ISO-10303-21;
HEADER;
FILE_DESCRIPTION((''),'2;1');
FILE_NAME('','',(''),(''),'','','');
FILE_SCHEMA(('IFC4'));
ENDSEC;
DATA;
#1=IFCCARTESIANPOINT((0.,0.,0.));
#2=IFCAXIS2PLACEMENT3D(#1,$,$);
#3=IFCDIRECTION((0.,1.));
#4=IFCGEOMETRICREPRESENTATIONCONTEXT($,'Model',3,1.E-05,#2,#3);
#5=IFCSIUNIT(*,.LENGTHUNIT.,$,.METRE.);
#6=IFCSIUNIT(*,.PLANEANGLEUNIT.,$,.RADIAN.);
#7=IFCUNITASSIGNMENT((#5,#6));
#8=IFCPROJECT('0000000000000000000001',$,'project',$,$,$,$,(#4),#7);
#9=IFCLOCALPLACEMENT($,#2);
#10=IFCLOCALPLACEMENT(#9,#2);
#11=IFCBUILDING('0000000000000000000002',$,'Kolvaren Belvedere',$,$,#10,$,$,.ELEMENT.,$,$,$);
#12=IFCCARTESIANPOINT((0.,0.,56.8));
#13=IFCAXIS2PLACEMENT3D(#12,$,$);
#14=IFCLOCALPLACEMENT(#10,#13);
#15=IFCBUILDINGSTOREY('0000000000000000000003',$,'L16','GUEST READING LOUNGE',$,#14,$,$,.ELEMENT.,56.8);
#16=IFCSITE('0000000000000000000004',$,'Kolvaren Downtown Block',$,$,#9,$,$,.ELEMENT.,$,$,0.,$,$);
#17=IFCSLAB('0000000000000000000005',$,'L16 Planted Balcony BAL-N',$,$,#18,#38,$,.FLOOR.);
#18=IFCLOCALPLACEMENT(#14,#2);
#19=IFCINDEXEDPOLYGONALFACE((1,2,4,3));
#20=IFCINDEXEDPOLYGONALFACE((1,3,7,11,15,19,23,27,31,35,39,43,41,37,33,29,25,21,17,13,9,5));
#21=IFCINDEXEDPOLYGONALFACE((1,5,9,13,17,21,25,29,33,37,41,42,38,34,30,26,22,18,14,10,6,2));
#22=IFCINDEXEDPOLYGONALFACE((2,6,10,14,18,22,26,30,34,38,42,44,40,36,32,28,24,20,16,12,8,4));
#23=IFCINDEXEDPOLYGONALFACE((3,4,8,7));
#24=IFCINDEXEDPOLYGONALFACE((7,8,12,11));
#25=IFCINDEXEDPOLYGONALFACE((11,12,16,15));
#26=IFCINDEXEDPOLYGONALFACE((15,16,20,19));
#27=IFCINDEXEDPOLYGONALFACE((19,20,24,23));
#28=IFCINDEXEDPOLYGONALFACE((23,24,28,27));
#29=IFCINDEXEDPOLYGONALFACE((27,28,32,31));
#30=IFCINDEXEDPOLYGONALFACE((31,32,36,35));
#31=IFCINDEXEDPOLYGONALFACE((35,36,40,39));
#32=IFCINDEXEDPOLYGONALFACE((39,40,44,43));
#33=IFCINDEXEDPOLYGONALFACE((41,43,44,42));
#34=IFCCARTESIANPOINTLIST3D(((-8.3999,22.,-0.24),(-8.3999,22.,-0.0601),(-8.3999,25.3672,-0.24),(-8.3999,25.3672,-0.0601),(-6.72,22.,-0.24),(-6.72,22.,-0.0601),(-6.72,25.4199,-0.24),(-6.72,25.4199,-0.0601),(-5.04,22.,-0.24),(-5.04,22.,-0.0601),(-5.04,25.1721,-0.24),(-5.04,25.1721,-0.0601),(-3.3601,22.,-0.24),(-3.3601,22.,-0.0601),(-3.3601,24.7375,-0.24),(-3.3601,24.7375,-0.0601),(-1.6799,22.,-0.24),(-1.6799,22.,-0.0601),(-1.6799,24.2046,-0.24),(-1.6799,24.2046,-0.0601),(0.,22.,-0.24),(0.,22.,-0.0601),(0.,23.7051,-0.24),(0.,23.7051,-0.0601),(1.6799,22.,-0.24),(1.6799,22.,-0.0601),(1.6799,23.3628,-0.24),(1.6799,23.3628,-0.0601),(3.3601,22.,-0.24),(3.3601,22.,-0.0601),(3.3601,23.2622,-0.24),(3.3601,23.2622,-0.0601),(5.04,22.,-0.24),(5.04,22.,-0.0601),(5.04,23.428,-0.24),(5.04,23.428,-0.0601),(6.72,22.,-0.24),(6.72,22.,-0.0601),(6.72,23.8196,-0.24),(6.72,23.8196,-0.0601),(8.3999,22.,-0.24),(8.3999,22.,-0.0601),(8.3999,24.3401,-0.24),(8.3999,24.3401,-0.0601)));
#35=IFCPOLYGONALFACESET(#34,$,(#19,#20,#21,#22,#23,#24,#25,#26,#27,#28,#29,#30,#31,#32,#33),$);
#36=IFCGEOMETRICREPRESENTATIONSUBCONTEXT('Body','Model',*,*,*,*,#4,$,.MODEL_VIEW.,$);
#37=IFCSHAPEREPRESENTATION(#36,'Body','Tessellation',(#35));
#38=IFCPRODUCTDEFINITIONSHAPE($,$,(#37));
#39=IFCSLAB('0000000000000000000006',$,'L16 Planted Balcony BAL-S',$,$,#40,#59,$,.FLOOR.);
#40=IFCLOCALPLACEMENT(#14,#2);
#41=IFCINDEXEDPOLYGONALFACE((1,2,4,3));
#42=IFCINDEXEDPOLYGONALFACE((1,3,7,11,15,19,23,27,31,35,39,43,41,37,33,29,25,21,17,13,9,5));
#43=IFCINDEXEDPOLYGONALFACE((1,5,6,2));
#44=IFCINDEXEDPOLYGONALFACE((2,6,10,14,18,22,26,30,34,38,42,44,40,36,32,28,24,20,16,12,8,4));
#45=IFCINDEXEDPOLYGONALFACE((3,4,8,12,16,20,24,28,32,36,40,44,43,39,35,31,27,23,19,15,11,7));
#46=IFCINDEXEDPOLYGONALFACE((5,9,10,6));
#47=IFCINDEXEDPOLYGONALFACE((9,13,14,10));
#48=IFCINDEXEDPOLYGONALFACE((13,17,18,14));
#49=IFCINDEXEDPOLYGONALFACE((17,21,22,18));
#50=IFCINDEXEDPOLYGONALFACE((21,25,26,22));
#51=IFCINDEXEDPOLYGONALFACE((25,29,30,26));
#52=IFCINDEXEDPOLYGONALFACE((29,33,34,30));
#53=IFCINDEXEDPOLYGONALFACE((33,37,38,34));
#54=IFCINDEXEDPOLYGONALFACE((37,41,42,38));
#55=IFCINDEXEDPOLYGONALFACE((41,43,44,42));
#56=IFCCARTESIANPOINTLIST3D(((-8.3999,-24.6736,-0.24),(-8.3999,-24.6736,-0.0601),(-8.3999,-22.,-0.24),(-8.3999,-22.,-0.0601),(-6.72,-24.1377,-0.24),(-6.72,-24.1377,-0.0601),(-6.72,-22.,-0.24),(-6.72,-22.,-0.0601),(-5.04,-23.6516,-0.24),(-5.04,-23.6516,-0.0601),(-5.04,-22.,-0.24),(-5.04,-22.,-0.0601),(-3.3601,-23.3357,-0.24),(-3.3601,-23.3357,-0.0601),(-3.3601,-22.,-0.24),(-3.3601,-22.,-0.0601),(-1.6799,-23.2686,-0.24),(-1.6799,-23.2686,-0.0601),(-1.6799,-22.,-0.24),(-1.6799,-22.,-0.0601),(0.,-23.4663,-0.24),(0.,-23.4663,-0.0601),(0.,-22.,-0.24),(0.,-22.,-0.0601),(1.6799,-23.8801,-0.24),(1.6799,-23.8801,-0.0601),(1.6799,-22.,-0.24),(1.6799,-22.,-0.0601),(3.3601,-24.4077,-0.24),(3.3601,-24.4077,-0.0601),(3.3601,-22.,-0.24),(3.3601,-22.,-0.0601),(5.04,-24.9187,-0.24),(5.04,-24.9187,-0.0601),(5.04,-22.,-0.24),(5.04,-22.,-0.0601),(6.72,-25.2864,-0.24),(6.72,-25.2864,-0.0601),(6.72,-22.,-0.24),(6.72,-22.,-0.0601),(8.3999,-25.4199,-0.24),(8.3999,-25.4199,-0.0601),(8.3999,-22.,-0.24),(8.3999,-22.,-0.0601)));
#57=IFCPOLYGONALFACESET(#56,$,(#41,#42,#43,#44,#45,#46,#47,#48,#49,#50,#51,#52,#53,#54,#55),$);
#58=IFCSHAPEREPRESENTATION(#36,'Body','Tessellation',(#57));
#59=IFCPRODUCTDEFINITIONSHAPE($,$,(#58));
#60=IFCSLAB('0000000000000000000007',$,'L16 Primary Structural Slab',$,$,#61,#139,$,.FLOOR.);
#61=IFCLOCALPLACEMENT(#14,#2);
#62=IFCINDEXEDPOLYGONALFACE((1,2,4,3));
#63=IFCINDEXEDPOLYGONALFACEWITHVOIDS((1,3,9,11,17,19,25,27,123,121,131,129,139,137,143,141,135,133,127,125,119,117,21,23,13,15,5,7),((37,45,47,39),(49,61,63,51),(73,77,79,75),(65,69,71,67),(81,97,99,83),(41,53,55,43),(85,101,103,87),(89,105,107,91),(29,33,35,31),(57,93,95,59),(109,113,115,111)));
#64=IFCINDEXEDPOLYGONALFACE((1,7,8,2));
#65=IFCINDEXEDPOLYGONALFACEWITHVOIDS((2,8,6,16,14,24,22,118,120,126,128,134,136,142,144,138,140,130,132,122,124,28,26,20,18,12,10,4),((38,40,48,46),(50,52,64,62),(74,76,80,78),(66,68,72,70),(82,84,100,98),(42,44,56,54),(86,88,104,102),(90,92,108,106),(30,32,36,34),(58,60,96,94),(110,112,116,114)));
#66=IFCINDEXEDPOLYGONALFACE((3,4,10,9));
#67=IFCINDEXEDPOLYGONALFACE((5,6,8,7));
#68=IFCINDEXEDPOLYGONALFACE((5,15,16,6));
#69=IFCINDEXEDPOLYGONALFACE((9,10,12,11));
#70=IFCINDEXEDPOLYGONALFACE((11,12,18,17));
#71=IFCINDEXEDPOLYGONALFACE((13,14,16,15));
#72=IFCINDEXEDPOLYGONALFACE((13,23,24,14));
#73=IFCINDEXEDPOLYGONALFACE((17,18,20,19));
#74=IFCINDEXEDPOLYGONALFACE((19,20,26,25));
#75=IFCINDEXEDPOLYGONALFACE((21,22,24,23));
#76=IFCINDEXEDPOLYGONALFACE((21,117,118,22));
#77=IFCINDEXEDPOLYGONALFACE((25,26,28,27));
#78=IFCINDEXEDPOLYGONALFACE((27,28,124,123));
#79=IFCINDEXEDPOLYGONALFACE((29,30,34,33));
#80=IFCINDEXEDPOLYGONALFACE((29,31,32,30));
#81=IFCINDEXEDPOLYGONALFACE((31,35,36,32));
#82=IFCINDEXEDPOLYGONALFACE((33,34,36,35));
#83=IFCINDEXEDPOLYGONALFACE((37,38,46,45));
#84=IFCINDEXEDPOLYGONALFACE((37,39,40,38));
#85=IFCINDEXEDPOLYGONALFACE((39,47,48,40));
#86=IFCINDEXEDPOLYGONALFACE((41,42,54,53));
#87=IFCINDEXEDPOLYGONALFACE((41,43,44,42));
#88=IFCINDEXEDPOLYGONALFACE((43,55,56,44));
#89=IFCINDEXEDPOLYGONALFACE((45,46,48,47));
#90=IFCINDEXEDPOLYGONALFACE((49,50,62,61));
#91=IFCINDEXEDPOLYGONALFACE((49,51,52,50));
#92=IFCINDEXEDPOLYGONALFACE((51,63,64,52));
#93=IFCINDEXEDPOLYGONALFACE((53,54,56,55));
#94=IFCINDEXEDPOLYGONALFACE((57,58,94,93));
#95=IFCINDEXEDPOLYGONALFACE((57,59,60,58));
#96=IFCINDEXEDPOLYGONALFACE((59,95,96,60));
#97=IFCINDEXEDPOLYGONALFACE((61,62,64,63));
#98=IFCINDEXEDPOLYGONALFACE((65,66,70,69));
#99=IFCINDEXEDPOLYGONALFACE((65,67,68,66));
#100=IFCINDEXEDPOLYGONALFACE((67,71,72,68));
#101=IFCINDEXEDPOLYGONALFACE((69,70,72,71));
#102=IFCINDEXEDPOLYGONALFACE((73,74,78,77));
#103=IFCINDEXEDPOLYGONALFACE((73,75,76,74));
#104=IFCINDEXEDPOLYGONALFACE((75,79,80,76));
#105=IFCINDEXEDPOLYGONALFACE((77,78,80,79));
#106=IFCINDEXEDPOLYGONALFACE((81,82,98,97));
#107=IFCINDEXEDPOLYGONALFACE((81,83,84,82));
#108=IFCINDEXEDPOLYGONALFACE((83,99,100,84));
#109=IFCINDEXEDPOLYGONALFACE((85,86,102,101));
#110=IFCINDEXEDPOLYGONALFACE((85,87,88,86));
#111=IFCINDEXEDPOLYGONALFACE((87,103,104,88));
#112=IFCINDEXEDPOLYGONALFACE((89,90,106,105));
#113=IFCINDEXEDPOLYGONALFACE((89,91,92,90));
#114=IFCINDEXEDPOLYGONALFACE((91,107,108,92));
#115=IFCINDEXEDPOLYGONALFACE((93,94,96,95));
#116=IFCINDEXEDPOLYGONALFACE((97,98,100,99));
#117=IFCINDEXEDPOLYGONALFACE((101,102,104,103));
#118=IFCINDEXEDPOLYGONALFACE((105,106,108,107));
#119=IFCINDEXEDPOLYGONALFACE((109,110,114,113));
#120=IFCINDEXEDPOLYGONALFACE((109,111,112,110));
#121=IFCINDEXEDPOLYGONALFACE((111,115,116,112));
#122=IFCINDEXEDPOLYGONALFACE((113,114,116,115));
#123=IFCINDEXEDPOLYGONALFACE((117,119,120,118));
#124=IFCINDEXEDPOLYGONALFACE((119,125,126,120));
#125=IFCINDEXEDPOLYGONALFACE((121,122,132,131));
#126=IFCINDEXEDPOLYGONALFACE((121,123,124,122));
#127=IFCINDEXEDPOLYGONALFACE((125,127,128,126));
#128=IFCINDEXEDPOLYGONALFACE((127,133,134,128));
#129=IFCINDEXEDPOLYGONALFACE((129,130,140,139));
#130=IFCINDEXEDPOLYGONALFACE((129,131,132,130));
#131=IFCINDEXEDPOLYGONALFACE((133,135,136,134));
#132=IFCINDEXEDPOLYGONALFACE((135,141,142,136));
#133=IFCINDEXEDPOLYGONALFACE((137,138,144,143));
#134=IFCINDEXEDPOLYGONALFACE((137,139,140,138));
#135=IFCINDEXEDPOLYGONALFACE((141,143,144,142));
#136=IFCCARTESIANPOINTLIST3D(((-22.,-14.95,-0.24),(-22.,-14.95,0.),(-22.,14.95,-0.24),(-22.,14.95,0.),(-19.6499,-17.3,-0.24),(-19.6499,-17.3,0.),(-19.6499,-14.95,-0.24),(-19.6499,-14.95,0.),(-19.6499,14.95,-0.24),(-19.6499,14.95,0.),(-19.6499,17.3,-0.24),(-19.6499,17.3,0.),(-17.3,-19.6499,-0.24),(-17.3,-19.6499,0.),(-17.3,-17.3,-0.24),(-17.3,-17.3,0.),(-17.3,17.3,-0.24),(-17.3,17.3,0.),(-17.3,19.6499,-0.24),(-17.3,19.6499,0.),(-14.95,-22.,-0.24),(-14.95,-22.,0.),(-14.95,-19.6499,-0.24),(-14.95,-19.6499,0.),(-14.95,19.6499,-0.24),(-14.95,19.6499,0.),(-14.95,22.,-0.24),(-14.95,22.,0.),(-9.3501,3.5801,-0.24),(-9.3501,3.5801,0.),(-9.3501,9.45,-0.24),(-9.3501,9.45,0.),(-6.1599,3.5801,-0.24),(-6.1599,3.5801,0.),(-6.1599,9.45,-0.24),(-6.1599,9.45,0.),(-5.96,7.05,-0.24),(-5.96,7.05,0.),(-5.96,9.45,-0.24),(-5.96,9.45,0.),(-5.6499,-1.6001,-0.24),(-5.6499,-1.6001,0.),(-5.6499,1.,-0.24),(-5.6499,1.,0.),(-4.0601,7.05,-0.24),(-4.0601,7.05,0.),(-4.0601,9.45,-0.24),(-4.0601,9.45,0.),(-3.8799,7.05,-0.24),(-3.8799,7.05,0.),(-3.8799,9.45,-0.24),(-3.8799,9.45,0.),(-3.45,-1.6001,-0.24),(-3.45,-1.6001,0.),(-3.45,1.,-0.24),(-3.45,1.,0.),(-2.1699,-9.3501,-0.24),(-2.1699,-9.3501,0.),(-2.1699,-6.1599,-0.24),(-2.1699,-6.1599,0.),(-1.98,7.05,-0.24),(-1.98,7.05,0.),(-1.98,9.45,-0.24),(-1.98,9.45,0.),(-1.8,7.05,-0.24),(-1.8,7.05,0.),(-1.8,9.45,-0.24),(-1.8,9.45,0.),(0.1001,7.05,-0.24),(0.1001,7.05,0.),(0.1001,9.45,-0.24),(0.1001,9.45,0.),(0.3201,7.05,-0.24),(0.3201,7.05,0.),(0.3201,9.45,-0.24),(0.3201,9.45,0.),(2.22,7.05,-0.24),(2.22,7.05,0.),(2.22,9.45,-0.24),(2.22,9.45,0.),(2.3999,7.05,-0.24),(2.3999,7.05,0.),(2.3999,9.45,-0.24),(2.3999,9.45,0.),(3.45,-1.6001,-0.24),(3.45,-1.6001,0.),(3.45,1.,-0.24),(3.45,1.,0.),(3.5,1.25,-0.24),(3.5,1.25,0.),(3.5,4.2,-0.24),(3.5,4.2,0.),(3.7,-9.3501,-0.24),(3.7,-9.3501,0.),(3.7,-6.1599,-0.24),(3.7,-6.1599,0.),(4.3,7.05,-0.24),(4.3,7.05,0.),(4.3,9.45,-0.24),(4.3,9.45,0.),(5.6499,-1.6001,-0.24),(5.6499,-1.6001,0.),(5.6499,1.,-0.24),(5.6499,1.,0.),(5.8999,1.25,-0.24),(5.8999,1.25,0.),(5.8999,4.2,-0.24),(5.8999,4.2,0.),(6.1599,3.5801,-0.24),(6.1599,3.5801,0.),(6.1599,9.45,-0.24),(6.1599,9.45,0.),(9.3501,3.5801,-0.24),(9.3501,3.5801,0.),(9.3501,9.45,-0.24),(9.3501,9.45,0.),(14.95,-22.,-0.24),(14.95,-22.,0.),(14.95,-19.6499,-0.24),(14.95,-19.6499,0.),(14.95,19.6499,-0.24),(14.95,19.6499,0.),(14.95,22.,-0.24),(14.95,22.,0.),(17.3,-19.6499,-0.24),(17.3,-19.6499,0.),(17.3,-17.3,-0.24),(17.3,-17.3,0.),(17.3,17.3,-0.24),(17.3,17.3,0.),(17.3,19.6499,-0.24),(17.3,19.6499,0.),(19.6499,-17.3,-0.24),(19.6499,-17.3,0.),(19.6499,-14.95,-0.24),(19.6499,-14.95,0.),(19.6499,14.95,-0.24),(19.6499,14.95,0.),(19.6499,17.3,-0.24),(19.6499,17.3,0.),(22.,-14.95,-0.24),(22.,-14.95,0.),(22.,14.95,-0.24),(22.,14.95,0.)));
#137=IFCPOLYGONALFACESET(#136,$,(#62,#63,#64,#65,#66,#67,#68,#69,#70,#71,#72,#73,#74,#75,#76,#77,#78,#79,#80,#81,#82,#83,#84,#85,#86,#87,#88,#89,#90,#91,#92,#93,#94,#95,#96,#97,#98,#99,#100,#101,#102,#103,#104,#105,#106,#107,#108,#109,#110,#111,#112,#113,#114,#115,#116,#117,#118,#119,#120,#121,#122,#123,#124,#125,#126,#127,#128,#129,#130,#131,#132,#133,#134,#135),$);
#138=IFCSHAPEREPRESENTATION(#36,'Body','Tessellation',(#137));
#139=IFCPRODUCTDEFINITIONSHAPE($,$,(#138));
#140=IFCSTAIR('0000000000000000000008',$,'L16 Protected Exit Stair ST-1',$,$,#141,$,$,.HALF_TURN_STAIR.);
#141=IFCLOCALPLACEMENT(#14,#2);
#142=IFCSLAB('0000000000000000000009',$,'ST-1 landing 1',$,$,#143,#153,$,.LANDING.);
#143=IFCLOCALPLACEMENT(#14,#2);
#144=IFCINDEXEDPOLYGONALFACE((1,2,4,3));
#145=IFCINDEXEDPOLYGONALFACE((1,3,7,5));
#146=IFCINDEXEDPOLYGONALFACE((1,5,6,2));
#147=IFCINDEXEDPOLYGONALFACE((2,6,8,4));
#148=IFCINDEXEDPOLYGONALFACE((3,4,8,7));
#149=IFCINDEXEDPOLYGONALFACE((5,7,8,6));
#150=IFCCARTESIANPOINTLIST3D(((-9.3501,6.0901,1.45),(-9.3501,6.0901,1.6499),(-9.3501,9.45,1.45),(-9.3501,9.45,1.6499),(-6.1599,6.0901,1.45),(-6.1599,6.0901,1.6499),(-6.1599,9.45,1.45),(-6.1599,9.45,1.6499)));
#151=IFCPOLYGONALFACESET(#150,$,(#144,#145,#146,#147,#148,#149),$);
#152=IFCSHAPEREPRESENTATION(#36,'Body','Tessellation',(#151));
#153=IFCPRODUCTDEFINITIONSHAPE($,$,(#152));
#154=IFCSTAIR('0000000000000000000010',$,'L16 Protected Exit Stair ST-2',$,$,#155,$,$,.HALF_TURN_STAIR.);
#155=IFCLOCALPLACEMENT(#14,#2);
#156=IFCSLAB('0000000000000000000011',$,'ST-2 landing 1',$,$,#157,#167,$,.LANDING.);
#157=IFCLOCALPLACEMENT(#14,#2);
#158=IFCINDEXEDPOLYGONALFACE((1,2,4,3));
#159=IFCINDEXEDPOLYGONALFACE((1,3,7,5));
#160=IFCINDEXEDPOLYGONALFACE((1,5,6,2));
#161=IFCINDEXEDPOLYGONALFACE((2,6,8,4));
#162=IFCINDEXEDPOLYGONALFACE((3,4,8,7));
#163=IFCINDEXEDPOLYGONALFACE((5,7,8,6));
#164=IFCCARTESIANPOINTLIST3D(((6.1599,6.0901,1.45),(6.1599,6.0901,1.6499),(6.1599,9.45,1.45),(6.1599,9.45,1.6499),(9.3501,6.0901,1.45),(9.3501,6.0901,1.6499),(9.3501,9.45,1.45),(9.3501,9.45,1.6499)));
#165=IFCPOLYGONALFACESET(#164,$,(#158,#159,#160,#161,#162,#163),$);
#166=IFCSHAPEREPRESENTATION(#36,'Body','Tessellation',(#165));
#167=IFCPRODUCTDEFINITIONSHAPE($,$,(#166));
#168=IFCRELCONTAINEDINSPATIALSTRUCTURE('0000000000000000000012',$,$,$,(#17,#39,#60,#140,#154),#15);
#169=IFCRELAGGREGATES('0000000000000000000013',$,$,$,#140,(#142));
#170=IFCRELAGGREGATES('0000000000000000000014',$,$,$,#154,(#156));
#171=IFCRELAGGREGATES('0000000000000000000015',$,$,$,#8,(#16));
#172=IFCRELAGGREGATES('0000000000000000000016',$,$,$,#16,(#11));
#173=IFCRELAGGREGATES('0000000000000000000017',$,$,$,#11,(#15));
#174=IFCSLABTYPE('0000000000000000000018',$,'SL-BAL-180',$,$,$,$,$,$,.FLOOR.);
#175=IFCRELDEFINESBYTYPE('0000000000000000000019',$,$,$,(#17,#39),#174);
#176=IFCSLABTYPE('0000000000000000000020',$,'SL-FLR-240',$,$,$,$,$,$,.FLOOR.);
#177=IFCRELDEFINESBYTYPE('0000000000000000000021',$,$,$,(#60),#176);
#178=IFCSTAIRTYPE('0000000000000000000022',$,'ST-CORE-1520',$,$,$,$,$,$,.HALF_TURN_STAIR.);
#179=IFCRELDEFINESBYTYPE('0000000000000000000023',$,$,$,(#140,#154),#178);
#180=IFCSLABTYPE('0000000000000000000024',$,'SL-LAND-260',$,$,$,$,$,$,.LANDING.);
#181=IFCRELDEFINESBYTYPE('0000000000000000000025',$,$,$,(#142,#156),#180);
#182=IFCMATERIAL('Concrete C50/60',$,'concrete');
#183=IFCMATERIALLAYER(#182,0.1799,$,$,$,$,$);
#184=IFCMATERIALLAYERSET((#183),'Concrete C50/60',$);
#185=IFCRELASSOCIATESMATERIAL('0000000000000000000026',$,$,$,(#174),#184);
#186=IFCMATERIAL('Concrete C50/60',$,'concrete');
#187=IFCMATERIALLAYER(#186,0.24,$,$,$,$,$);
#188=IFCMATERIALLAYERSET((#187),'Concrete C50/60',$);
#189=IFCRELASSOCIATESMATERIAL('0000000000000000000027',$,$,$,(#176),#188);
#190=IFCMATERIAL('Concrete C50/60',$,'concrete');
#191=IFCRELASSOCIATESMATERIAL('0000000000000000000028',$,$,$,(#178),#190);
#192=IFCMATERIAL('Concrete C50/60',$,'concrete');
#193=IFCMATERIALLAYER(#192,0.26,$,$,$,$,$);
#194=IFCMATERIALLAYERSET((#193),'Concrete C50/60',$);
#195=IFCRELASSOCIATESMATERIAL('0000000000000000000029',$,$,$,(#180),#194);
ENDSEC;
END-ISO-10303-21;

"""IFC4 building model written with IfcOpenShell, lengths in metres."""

from ifc_helpers import new_model, si_unit, direction, frame, origin, place, context, subcontext, project, spatial, polyline, outline, extrude, material, layer, layer_set, type_object, element, aggregate, save


model = new_model("IFC4")

# Units and contexts
model_context = context("Model", 3, precision=1e-05, world=origin(), true_north=direction((0.0, 1.0)))
body_context = subcontext(model_context, "Body", "Model", "MODEL_VIEW")
ifc_project = project(units=[si_unit("LENGTHUNIT", "METRE"), si_unit("PLANEANGLEUNIT", "RADIAN")], contexts=[model_context])

# Site, building, storey
site_placement = place(None, origin())
site = spatial("IfcSite", under=ifc_project, at=site_placement, Name="Kolvaren Downtown Block", CompositionType="ELEMENT", RefElevation=0.0)
building_placement = place(site_placement, origin())
building = spatial("IfcBuilding", under=site, at=building_placement, Name="Kolvaren Belvedere", CompositionType="ELEMENT")
storey_placement = place(building_placement, frame((0.0, 0.0, 56.8)))
storey = spatial("IfcBuildingStorey", under=building, at=storey_placement, Name="L16", Description="GUEST READING LOUNGE", CompositionType="ELEMENT", Elevation=56.8)

# Slabs
ifc_material_1 = material(Name="Concrete C50/60", Category="concrete")
ifc_layer_1 = layer(ifc_material_1, 0.1799)
ifc_layer_set_1 = layer_set([ifc_layer_1], Name="Concrete C50/60")
slab_type_1 = type_object("IfcSlabType", Name="SL-BAL-180", PredefinedType="FLOOR", material=ifc_layer_set_1)
slab_1_placement = place(storey_placement, frame((0.0, 0.0, -0.24)))
element("IfcSlab", 1, at=slab_1_placement, inside=storey, type_object=slab_type_1, Name="L16 Planted Balcony BAL-N", PredefinedType="FLOOR", context=body_context, shape_type="SweptSolid", body=[
    extrude(outline(polyline([(-8.3999, 22.0), (-6.72, 22.0), (-5.04, 22.0), (-3.3601, 22.0), (-1.6799, 22.0), (0.0, 22.0), (1.6799, 22.0), (3.3601, 22.0), (5.04, 22.0), (6.72, 22.0), (8.3999, 22.0), (8.3999, 24.3401), (6.72, 23.8196), (5.04, 23.428), (3.3601, 23.2622), (1.6799, 23.3628), (0.0, 23.7051), (-1.6799, 24.2046), (-3.3601, 24.7375), (-5.04, 25.1721), (-6.72, 25.4199), (-8.3999, 25.3672), (-8.3999, 22.0)])), origin(), (0.0, 0.0, 1.0), 0.1799),
])
slab_2_placement = place(storey_placement, frame((0.0, 0.0, -0.24)))
element("IfcSlab", 2, at=slab_2_placement, inside=storey, type_object=slab_type_1, Name="L16 Planted Balcony BAL-S", PredefinedType="FLOOR", context=body_context, shape_type="SweptSolid", body=[
    extrude(outline(polyline([(-8.3999, -24.6736), (-6.72, -24.1377), (-5.04, -23.6516), (-3.3601, -23.3357), (-1.6799, -23.2686), (0.0, -23.4663), (1.6799, -23.8801), (3.3601, -24.4077), (5.04, -24.9187), (6.72, -25.2864), (8.3999, -25.4199), (8.3999, -22.0), (6.72, -22.0), (5.04, -22.0), (3.3601, -22.0), (1.6799, -22.0), (0.0, -22.0), (-1.6799, -22.0), (-3.3601, -22.0), (-5.04, -22.0), (-6.72, -22.0), (-8.3999, -22.0), (-8.3999, -24.6736)])), origin(), (0.0, 0.0, 1.0), 0.1799),
])
ifc_material_2 = material(Name="Concrete C50/60", Category="concrete")
ifc_layer_2 = layer(ifc_material_2, 0.24)
ifc_layer_set_2 = layer_set([ifc_layer_2], Name="Concrete C50/60")
slab_type_2 = type_object("IfcSlabType", Name="SL-FLR-240", PredefinedType="FLOOR", material=ifc_layer_set_2)
slab_3_placement = place(storey_placement, frame((0.0, 0.0, -0.24)))
element("IfcSlab", 3, at=slab_3_placement, inside=storey, type_object=slab_type_2, Name="L16 Primary Structural Slab", PredefinedType="FLOOR", context=body_context, shape_type="SweptSolid", body=[
    extrude(outline(polyline([(-14.95, -22.0), (14.95, -22.0), (14.95, -19.6499), (17.3, -19.6499), (17.3, -17.3), (19.6499, -17.3), (19.6499, -14.95), (22.0, -14.95), (22.0, 14.95), (19.6499, 14.95), (19.6499, 17.3), (17.3, 17.3), (17.3, 19.6499), (14.95, 19.6499), (14.95, 22.0), (-14.95, 22.0), (-14.95, 19.6499), (-17.3, 19.6499), (-17.3, 17.3), (-19.6499, 17.3), (-19.6499, 14.95), (-22.0, 14.95), (-22.0, -14.95), (-19.6499, -14.95), (-19.6499, -17.3), (-17.3, -17.3), (-17.3, -19.6499), (-14.95, -19.6499), (-14.95, -22.0)]), holes=[polyline([(-9.3501, 3.5801), (-6.1599, 3.5801), (-6.1599, 9.45), (-9.3501, 9.45), (-9.3501, 3.5801)]), polyline([(6.1599, 3.5801), (9.3501, 3.5801), (9.3501, 9.45), (6.1599, 9.45), (6.1599, 3.5801)]), polyline([(-2.1699, -9.3501), (3.7, -9.3501), (3.7, -6.1599), (-2.1699, -6.1599), (-2.1699, -9.3501)]), polyline([(-5.6499, -1.6001), (-3.45, -1.6001), (-3.45, 1.0), (-5.6499, 1.0), (-5.6499, -1.6001)]), polyline([(3.5, 1.25), (5.8999, 1.25), (5.8999, 4.2), (3.5, 4.2), (3.5, 1.25)]), polyline([(3.45, -1.6001), (5.6499, -1.6001), (5.6499, 1.0), (3.45, 1.0), (3.45, -1.6001)]), polyline([(-5.96, 7.05), (-4.0601, 7.05), (-4.0601, 9.45), (-5.96, 9.45), (-5.96, 7.05)]), polyline([(-3.8799, 7.05), (-1.98, 7.05), (-1.98, 9.45), (-3.8799, 9.45), (-3.8799, 7.05)]), polyline([(-1.8, 7.05), (0.1001, 7.05), (0.1001, 9.45), (-1.8, 9.45), (-1.8, 7.05)]), polyline([(0.3201, 7.05), (2.22, 7.05), (2.22, 9.45), (0.3201, 9.45), (0.3201, 7.05)]), polyline([(2.3999, 7.05), (4.3, 7.05), (4.3, 9.45), (2.3999, 9.45), (2.3999, 7.05)])]), origin(), (0.0, 0.0, 1.0), 0.24),
])

# Stairs, slabs
ifc_material_3 = material(Name="Concrete C50/60", Category="concrete")
stair_type = type_object("IfcStairType", Name="ST-CORE-1520", PredefinedType="HALF_TURN_STAIR", material=ifc_material_3)
stair_1_placement = place(storey_placement, origin())
stair_1 = element("IfcStair", 4, at=stair_1_placement, inside=storey, type_object=stair_type, Name="L16 Protected Exit Stair ST-1", PredefinedType="HALF_TURN_STAIR")
ifc_material_4 = material(Name="Concrete C50/60", Category="concrete")
ifc_layer_3 = layer(ifc_material_4, 0.26)
ifc_layer_set_3 = layer_set([ifc_layer_3], Name="Concrete C50/60")
slab_type_3 = type_object("IfcSlabType", Name="SL-LAND-260", PredefinedType="LANDING", material=ifc_layer_set_3)
slab_4_placement = place(storey_placement, frame((0.0, 0.0, 1.45)))
slab_4 = element("IfcSlab", 5, at=slab_4_placement, type_object=slab_type_3, Name="ST-1 landing 1", PredefinedType="LANDING", context=body_context, shape_type="SweptSolid", body=[
    extrude(outline(polyline([(-6.1599, 6.0901), (-6.1599, 9.45), (-9.3501, 9.45), (-9.3501, 6.0901), (-6.1599, 6.0901)])), origin(), (0.0, 0.0, 1.0), 0.2),
])
aggregate(stair_1, [slab_4])
stair_2_placement = place(storey_placement, origin())
stair_2 = element("IfcStair", 6, at=stair_2_placement, inside=storey, type_object=stair_type, Name="L16 Protected Exit Stair ST-2", PredefinedType="HALF_TURN_STAIR")
slab_5_placement = place(storey_placement, frame((0.0, 0.0, 1.45)))
slab_5 = element("IfcSlab", 7, at=slab_5_placement, type_object=slab_type_3, Name="ST-2 landing 1", PredefinedType="LANDING", context=body_context, shape_type="SweptSolid", body=[
    extrude(outline(polyline([(9.3501, 6.0901), (9.3501, 9.45), (6.1599, 9.45), (6.1599, 6.0901), (9.3501, 6.0901)])), origin(), (0.0, 0.0, 1.0), 0.2),
])
aggregate(stair_2, [slab_5])

save(model, "model.ifc")
